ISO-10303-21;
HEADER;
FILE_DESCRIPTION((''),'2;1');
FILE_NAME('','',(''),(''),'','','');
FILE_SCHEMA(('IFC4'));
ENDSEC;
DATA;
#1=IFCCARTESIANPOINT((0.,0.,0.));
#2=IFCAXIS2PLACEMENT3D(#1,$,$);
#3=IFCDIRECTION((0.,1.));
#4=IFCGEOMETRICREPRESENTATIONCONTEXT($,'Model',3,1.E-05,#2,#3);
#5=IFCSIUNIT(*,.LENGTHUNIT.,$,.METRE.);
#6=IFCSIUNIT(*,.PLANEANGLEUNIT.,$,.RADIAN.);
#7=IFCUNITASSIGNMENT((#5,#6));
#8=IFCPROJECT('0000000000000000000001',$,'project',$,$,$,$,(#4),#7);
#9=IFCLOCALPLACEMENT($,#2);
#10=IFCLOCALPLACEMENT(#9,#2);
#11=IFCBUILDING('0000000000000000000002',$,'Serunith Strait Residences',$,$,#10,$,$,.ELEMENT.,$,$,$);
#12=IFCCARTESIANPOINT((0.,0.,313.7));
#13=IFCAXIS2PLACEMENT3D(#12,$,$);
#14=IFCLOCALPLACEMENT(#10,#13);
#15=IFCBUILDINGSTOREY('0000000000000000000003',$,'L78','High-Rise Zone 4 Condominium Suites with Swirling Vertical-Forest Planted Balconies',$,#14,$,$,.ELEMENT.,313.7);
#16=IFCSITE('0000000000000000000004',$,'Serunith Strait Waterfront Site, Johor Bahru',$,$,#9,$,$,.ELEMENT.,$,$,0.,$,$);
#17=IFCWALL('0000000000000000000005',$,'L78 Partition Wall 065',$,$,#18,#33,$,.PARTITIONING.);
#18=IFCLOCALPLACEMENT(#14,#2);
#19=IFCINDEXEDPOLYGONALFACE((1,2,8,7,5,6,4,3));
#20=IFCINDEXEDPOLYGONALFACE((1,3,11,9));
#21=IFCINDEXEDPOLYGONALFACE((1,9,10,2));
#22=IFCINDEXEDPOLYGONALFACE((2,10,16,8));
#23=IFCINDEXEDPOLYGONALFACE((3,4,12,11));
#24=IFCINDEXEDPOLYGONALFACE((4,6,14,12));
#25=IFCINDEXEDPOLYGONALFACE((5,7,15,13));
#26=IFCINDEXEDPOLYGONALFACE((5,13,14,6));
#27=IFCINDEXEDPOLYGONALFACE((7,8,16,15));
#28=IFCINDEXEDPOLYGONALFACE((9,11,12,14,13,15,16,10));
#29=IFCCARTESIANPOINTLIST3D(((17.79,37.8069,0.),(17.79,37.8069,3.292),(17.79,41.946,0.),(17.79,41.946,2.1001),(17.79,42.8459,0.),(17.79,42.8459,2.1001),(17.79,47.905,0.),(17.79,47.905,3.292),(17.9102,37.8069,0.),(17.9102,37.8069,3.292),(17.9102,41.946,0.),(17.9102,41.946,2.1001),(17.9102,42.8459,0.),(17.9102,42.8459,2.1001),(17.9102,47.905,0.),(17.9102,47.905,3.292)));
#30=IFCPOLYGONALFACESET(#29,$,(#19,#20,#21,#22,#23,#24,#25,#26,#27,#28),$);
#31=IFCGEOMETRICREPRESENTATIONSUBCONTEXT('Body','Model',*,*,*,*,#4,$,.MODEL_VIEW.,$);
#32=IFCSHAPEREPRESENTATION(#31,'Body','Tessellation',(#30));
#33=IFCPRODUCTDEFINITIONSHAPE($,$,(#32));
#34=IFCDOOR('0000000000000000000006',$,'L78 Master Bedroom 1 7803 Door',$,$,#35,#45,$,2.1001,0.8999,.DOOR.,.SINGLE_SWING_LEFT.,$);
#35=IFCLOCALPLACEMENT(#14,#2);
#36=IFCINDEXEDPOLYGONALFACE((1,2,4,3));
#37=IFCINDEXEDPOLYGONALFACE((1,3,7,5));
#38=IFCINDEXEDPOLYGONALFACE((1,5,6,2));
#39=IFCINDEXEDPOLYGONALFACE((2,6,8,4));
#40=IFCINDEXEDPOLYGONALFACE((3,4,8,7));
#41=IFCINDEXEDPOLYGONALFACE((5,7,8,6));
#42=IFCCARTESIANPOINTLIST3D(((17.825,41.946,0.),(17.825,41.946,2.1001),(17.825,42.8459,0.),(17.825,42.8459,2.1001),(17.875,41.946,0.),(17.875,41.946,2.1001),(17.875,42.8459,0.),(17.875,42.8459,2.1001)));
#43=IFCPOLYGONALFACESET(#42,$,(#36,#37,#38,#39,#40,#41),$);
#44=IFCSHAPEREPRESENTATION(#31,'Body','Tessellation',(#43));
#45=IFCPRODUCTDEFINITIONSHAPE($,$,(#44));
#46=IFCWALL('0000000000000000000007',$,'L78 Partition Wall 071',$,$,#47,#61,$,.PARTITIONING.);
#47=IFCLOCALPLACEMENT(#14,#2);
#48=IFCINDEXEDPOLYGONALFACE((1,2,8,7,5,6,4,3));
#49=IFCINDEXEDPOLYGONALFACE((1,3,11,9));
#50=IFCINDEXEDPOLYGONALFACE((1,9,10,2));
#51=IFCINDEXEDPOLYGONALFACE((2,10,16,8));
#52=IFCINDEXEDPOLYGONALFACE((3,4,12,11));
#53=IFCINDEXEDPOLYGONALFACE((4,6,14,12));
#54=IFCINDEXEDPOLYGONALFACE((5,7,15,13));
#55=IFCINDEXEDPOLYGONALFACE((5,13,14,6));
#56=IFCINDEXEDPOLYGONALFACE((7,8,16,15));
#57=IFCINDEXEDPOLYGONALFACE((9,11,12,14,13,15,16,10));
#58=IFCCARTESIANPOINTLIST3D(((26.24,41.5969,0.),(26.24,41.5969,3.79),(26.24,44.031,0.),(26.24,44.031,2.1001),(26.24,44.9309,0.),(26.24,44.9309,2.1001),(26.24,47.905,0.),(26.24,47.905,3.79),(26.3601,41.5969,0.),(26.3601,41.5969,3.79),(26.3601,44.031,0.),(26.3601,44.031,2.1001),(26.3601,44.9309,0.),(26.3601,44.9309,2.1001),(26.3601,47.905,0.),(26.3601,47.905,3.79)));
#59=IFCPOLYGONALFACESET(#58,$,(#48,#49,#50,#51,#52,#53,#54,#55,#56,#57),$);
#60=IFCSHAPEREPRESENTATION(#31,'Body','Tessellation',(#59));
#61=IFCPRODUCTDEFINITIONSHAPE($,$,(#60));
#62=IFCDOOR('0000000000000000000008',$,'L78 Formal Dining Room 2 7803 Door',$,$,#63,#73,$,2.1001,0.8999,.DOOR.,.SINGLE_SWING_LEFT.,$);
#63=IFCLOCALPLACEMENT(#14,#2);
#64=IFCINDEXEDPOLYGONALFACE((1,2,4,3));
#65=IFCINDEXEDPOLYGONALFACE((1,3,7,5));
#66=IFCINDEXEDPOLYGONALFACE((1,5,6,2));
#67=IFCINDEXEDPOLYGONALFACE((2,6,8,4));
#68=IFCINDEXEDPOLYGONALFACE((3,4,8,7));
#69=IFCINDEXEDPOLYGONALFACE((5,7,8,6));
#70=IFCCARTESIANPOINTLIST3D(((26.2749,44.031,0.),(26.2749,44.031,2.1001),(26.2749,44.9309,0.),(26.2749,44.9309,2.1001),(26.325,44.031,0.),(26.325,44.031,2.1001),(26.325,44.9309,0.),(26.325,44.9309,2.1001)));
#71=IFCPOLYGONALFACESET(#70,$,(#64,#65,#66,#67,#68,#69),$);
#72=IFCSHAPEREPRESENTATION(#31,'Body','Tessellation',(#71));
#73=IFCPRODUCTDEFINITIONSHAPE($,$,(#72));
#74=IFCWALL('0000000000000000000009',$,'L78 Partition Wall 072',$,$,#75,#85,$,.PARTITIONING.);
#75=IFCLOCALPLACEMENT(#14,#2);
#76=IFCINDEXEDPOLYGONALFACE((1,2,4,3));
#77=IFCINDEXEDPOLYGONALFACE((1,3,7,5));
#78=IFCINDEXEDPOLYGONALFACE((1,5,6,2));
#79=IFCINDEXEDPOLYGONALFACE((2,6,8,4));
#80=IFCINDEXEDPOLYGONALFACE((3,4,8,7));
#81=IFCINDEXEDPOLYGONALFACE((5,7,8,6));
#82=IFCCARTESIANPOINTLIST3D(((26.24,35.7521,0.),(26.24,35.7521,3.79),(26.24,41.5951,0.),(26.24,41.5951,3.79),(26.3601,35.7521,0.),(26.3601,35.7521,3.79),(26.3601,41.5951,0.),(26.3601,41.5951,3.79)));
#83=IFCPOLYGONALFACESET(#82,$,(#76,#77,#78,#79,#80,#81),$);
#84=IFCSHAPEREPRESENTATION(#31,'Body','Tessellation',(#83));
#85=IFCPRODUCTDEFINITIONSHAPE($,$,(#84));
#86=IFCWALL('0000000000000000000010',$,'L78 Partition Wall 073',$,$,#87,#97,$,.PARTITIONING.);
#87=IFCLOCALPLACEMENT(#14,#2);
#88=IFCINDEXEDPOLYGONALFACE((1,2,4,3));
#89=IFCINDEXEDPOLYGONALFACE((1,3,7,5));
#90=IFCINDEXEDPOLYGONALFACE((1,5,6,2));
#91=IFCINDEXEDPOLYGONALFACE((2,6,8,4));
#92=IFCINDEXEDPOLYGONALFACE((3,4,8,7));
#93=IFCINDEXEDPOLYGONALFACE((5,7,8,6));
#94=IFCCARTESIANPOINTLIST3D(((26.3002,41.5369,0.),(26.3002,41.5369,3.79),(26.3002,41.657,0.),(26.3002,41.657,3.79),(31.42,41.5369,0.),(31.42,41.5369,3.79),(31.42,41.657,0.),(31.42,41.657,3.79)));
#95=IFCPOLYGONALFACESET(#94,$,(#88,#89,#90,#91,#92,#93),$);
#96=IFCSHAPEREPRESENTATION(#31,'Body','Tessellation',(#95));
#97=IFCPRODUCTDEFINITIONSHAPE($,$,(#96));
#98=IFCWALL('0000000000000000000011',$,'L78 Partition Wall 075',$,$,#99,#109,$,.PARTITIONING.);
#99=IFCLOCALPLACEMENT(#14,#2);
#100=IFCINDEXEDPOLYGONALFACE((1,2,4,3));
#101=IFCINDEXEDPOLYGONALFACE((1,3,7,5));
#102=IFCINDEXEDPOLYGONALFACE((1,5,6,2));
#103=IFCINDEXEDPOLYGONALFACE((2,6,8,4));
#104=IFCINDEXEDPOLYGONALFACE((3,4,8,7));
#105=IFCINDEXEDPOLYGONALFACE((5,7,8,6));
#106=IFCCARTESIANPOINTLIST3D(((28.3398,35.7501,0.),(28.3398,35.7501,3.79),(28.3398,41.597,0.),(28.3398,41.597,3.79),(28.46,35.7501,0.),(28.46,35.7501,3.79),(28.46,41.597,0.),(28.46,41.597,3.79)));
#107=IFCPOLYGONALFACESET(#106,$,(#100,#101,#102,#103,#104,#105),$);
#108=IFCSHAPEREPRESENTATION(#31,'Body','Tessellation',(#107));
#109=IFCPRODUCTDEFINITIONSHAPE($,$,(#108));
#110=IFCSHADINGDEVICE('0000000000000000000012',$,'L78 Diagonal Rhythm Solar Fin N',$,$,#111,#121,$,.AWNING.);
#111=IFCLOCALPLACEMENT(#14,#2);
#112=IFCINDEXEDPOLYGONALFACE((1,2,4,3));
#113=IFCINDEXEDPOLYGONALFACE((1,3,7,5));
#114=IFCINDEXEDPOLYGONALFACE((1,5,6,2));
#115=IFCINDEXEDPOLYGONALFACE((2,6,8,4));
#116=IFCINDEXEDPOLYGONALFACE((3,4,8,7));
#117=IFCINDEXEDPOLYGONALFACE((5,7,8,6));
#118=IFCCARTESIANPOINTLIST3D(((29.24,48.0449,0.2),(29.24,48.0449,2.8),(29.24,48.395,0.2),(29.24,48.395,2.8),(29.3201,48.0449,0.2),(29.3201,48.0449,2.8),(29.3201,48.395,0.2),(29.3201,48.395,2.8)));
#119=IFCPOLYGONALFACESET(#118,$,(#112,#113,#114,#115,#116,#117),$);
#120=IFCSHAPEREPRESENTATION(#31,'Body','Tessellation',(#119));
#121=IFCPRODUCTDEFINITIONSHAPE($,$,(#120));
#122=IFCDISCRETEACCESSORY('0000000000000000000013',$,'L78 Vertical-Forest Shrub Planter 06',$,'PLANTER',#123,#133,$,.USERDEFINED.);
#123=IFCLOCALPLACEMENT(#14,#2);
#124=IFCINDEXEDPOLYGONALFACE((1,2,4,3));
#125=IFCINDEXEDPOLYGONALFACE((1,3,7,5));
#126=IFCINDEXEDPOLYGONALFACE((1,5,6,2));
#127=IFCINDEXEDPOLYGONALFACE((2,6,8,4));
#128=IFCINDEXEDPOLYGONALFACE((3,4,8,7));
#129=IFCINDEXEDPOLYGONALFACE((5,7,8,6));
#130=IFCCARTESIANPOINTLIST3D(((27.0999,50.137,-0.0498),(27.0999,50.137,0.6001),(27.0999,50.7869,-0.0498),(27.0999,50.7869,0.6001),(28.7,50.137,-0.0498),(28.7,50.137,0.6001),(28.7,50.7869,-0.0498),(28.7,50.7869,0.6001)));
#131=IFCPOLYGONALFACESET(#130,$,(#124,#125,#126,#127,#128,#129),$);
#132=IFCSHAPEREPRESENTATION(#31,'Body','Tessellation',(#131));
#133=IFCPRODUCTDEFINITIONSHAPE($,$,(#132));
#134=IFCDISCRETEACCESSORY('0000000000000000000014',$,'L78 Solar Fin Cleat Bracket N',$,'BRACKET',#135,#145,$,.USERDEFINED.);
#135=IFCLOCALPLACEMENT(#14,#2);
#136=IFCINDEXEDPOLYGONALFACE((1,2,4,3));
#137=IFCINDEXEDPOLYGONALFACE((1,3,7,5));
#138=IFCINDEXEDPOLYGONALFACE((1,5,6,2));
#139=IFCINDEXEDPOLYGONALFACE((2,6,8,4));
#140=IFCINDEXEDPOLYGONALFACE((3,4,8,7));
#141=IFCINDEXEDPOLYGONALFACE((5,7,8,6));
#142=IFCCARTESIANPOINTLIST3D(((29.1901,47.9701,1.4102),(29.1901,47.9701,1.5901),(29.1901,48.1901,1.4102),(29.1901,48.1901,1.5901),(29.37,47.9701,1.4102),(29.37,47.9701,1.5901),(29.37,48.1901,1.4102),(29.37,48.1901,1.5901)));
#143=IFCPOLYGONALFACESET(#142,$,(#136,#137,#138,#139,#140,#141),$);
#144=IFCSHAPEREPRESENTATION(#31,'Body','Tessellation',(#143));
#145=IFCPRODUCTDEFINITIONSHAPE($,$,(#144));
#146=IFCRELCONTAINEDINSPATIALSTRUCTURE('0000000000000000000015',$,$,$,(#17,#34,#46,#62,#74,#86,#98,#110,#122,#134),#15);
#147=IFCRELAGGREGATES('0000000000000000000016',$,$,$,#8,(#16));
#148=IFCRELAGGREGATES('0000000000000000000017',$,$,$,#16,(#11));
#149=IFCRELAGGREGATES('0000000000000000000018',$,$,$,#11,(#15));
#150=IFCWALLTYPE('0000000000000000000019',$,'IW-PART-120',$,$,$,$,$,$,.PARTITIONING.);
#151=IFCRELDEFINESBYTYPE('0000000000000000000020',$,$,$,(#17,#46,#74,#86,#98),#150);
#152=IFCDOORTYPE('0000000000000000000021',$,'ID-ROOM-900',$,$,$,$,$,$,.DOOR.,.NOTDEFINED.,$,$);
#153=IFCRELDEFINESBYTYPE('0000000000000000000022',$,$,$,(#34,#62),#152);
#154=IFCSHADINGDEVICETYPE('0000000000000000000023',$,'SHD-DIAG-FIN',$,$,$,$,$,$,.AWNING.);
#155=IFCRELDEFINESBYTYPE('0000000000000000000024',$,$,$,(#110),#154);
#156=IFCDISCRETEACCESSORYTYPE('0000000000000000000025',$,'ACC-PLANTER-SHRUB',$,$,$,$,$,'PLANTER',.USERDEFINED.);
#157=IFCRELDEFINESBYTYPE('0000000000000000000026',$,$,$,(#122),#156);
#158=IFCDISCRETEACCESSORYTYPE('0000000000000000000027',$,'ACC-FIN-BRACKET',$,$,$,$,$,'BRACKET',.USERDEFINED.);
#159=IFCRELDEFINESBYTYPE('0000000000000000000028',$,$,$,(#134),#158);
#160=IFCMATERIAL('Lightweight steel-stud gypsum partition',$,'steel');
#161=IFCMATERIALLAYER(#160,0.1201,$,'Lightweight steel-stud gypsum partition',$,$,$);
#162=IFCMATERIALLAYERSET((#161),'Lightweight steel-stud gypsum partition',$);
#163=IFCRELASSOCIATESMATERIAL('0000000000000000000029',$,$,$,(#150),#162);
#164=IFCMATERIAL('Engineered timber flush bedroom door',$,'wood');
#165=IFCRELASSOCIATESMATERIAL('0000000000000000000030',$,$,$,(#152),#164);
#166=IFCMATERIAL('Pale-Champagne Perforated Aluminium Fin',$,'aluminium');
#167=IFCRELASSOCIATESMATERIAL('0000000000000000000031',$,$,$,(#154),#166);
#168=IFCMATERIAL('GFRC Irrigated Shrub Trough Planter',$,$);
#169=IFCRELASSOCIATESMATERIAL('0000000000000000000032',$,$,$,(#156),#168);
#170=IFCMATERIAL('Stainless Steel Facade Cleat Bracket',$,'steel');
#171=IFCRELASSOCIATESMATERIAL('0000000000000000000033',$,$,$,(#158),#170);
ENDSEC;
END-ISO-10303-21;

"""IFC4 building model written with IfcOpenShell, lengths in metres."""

from ifc_helpers import new_model, si_unit, direction, frame, frame_2d, origin, origin_2d, place, context, subcontext, project, spatial, rectangle, extrude, source, transform, mapped, material, layer, layer_set, type_object, element, fill, save


model = new_model("IFC4")

# Units and contexts
model_context = context("Model", 3, precision=1e-05, world=origin(), true_north=direction((0.0, 1.0)))
body_context = subcontext(model_context, "Body", "Model", "MODEL_VIEW")
ifc_project = project(units=[si_unit("LENGTHUNIT", "METRE"), si_unit("PLANEANGLEUNIT", "RADIAN")], contexts=[model_context])

# Site, building, storey
site_placement = place(None, origin())
site = spatial("IfcSite", under=ifc_project, at=site_placement, Name="Serunith Strait Waterfront Site, Johor Bahru", CompositionType="ELEMENT", RefElevation=0.0)
building_placement = place(site_placement, origin())
building = spatial("IfcBuilding", under=site, at=building_placement, Name="Serunith Strait Residences", CompositionType="ELEMENT")
storey_placement = place(building_placement, frame((0.0, 0.0, 313.7)))
storey = spatial("IfcBuildingStorey", under=building, at=storey_placement, Name="L78", Description="High-Rise Zone 4 Condominium Suites with Swirling Vertical-Forest Planted Balconies", CompositionType="ELEMENT", Elevation=313.7)

# Walls, openings, doors
ifc_material_1 = material(Name="Lightweight steel-stud gypsum partition", Category="steel")
ifc_layer_1 = layer(ifc_material_1, 0.1201, Name="Lightweight steel-stud gypsum partition")
ifc_layer_set_1 = layer_set([ifc_layer_1], Name="Lightweight steel-stud gypsum partition")
wall_type = type_object("IfcWallType", Name="IW-PART-120", PredefinedType="PARTITIONING", material=ifc_layer_set_1)
wall_1_placement = place(storey_placement, frame((17.8501, 47.905, 0.0), z_axis=(0.0, 0.0, 1.0), x_axis=(0.0, -1.0, 0.0)))
wall_1 = element("IfcWall", 1, at=wall_1_placement, inside=storey, type_object=wall_type, Name="L78 Partition Wall 065", PredefinedType="PARTITIONING", context=body_context, shape_type="SweptSolid", body=[
    extrude(rectangle(XDim=10.0981, YDim=0.1201, at=frame_2d((5.0491, 0.0))), origin(), (0.0, 0.0, 1.0), 3.292),
])
opening_1_placement = place(wall_1_placement, frame((5.0591, 0.0, 0.0)))
opening_1 = element("IfcOpeningElement", 2, at=opening_1_placement, cuts=wall_1, PredefinedType="OPENING", context=body_context, shape_type="SweptSolid", body=[
    extrude(rectangle(XDim=0.8999, YDim=2.1001, at=frame_2d((0.45, 1.05))), frame((0.0, 0.0701, 0.0), z_axis=(0.0, -1.0, 0.0), x_axis=(1.0, 0.0, 0.0)), (0.0, 0.0, 1.0), 0.1401),
])
ifc_material_2 = material(Name="Engineered timber flush bedroom door", Category="wood")
door_type = type_object("IfcDoorType", Name="ID-ROOM-900", OperationType="NOTDEFINED", PredefinedType="DOOR", material=ifc_material_2)
shared_shape_1 = source(origin(), body_context, "Body", "SweptSolid", [
    extrude(rectangle(XDim=0.8999, YDim=2.1001, at=frame_2d((0.45, 1.05))), frame((0.0, 0.0249, 0.0), z_axis=(0.0, -1.0, 0.0), x_axis=(1.0, 0.0, 0.0)), (0.0, 0.0, 1.0), 0.05),
])
door_1_placement = place(opening_1_placement, origin())
door_1 = element("IfcDoor", 3, at=door_1_placement, inside=storey, type_object=door_type, Name="L78 Master Bedroom 1 7803 Door", OperationType="SINGLE_SWING_LEFT", OverallHeight=2.1001, OverallWidth=0.8999, PredefinedType="DOOR", context=body_context, shape_type="MappedRepresentation", body=[
    mapped(shared_shape_1, transform((0.0, 0.0, 0.0), scale=1.0)),
])
fill(opening_1, door_1)
wall_2_placement = place(storey_placement, frame((26.3, 47.905, 0.0), z_axis=(0.0, 0.0, 1.0), x_axis=(0.0, -1.0, 0.0)))
wall_2 = element("IfcWall", 4, at=wall_2_placement, inside=storey, type_object=wall_type, Name="L78 Partition Wall 071", PredefinedType="PARTITIONING", context=body_context, shape_type="SweptSolid", body=[
    extrude(rectangle(XDim=6.3081, YDim=0.1201, at=frame_2d((3.1541, 0.0))), origin(), (0.0, 0.0, 1.0), 3.79),
])
opening_2_placement = place(wall_2_placement, frame((2.9741, 0.0, 0.0)))
opening_2 = element("IfcOpeningElement", 5, at=opening_2_placement, cuts=wall_2, PredefinedType="OPENING", context=body_context, shape_type="SweptSolid", body=[
    extrude(rectangle(XDim=0.8999, YDim=2.1001, at=frame_2d((0.45, 1.05))), frame((0.0, 0.0701, 0.0), z_axis=(0.0, -1.0, 0.0), x_axis=(1.0, 0.0, 0.0)), (0.0, 0.0, 1.0), 0.1401),
])
door_2_placement = place(opening_2_placement, origin())
door_2 = element("IfcDoor", 6, at=door_2_placement, inside=storey, type_object=door_type, Name="L78 Formal Dining Room 2 7803 Door", OperationType="SINGLE_SWING_LEFT", OverallHeight=2.1001, OverallWidth=0.8999, PredefinedType="DOOR", context=body_context, shape_type="MappedRepresentation", body=[
    mapped(shared_shape_1, transform((0.0, 0.0, 0.0), scale=1.0)),
])
fill(opening_2, door_2)

# Walls
wall_3_placement = place(storey_placement, frame((26.3, 41.595, 0.0), z_axis=(0.0, 0.0, 1.0), x_axis=(0.0, -1.0, 0.0)))
element("IfcWall", 7, at=wall_3_placement, inside=storey, type_object=wall_type, Name="L78 Partition Wall 072", PredefinedType="PARTITIONING", context=body_context, shape_type="SweptSolid", body=[
    extrude(rectangle(XDim=5.843, YDim=0.1201, at=frame_2d((2.9214, 0.0))), origin(), (0.0, 0.0, 1.0), 3.79),
])
wall_4_placement = place(storey_placement, frame((26.3, 41.5969, 0.0), z_axis=(0.0, 0.0, 1.0), x_axis=(1.0, 0.0, 0.0)))
element("IfcWall", 8, at=wall_4_placement, inside=storey, type_object=wall_type, Name="L78 Partition Wall 073", PredefinedType="PARTITIONING", context=body_context, shape_type="SweptSolid", body=[
    extrude(rectangle(XDim=5.1199, YDim=0.1201, at=frame_2d((2.5601, 0.0))), origin(), (0.0, 0.0, 1.0), 3.79),
])
wall_5_placement = place(storey_placement, frame((28.3999, 41.5969, 0.0), z_axis=(0.0, 0.0, 1.0), x_axis=(0.0, -1.0, 0.0)))
element("IfcWall", 9, at=wall_5_placement, inside=storey, type_object=wall_type, Name="L78 Partition Wall 075", PredefinedType="PARTITIONING", context=body_context, shape_type="SweptSolid", body=[
    extrude(rectangle(XDim=5.8469, YDim=0.1201, at=frame_2d((2.9233, 0.0))), origin(), (0.0, 0.0, 1.0), 3.79),
])

# Shading device
ifc_material_3 = material(Name="Pale-Champagne Perforated Aluminium Fin", Category="aluminium")
shading_device_type = type_object("IfcShadingDeviceType", Name="SHD-DIAG-FIN", PredefinedType="AWNING", material=ifc_material_3)
shared_shape_2 = source(origin(), body_context, "Body", "SweptSolid", [
    extrude(rectangle(XDim=0.0801, YDim=0.3501, at=origin_2d()), origin(), (0.0, 0.0, 1.0), 2.6001),
])
shading_device_placement = place(storey_placement, frame((29.28, 48.22, 0.2), z_axis=(0.0, 0.0, 1.0), x_axis=(1.0, 0.0, 0.0)))
element("IfcShadingDevice", 10, at=shading_device_placement, inside=storey, type_object=shading_device_type, Name="L78 Diagonal Rhythm Solar Fin N", PredefinedType="AWNING", context=body_context, shape_type="MappedRepresentation", body=[
    mapped(shared_shape_2, transform((0.0, 0.0, 0.0), scale=1.0)),
])

# Discrete accessories
ifc_material_4 = material(Name="GFRC Irrigated Shrub Trough Planter")
discrete_accessory_type_1 = type_object("IfcDiscreteAccessoryType", Name="ACC-PLANTER-SHRUB", ElementType="PLANTER", PredefinedType="USERDEFINED", material=ifc_material_4)
shared_shape_3 = source(origin(), body_context, "Body", "SweptSolid", [
    extrude(rectangle(XDim=1.6001, YDim=0.6499, at=origin_2d()), origin(), (0.0, 0.0, 1.0), 0.6499),
])
discrete_accessory_1_placement = place(storey_placement, frame((27.8999, 50.4619, -0.0498), z_axis=(0.0, 0.0, 1.0), x_axis=(-1.0, 0.0, 0.0)))
element("IfcDiscreteAccessory", 11, at=discrete_accessory_1_placement, inside=storey, type_object=discrete_accessory_type_1, Name="L78 Vertical-Forest Shrub Planter 06", ObjectType="PLANTER", PredefinedType="USERDEFINED", context=body_context, shape_type="MappedRepresentation", body=[
    mapped(shared_shape_3, transform((0.0, 0.0, 0.0), scale=1.0)),
])
ifc_material_5 = material(Name="Stainless Steel Facade Cleat Bracket", Category="steel")
discrete_accessory_type_2 = type_object("IfcDiscreteAccessoryType", Name="ACC-FIN-BRACKET", ElementType="BRACKET", PredefinedType="USERDEFINED", material=ifc_material_5)
shared_shape_4 = source(origin(), body_context, "Body", "SweptSolid", [
    extrude(rectangle(XDim=0.1799, YDim=0.22, at=origin_2d()), origin(), (0.0, 0.0, 1.0), 0.1799),
])
discrete_accessory_2_placement = place(storey_placement, frame((29.28, 48.0801, 1.4102), z_axis=(0.0, 0.0, 1.0), x_axis=(1.0, 0.0, 0.0)))
element("IfcDiscreteAccessory", 12, at=discrete_accessory_2_placement, inside=storey, type_object=discrete_accessory_type_2, Name="L78 Solar Fin Cleat Bracket N", ObjectType="BRACKET", PredefinedType="USERDEFINED", context=body_context, shape_type="MappedRepresentation", body=[
    mapped(shared_shape_4, transform((0.0, 0.0, 0.0), scale=1.0)),
])

save(model, "model.ifc")
